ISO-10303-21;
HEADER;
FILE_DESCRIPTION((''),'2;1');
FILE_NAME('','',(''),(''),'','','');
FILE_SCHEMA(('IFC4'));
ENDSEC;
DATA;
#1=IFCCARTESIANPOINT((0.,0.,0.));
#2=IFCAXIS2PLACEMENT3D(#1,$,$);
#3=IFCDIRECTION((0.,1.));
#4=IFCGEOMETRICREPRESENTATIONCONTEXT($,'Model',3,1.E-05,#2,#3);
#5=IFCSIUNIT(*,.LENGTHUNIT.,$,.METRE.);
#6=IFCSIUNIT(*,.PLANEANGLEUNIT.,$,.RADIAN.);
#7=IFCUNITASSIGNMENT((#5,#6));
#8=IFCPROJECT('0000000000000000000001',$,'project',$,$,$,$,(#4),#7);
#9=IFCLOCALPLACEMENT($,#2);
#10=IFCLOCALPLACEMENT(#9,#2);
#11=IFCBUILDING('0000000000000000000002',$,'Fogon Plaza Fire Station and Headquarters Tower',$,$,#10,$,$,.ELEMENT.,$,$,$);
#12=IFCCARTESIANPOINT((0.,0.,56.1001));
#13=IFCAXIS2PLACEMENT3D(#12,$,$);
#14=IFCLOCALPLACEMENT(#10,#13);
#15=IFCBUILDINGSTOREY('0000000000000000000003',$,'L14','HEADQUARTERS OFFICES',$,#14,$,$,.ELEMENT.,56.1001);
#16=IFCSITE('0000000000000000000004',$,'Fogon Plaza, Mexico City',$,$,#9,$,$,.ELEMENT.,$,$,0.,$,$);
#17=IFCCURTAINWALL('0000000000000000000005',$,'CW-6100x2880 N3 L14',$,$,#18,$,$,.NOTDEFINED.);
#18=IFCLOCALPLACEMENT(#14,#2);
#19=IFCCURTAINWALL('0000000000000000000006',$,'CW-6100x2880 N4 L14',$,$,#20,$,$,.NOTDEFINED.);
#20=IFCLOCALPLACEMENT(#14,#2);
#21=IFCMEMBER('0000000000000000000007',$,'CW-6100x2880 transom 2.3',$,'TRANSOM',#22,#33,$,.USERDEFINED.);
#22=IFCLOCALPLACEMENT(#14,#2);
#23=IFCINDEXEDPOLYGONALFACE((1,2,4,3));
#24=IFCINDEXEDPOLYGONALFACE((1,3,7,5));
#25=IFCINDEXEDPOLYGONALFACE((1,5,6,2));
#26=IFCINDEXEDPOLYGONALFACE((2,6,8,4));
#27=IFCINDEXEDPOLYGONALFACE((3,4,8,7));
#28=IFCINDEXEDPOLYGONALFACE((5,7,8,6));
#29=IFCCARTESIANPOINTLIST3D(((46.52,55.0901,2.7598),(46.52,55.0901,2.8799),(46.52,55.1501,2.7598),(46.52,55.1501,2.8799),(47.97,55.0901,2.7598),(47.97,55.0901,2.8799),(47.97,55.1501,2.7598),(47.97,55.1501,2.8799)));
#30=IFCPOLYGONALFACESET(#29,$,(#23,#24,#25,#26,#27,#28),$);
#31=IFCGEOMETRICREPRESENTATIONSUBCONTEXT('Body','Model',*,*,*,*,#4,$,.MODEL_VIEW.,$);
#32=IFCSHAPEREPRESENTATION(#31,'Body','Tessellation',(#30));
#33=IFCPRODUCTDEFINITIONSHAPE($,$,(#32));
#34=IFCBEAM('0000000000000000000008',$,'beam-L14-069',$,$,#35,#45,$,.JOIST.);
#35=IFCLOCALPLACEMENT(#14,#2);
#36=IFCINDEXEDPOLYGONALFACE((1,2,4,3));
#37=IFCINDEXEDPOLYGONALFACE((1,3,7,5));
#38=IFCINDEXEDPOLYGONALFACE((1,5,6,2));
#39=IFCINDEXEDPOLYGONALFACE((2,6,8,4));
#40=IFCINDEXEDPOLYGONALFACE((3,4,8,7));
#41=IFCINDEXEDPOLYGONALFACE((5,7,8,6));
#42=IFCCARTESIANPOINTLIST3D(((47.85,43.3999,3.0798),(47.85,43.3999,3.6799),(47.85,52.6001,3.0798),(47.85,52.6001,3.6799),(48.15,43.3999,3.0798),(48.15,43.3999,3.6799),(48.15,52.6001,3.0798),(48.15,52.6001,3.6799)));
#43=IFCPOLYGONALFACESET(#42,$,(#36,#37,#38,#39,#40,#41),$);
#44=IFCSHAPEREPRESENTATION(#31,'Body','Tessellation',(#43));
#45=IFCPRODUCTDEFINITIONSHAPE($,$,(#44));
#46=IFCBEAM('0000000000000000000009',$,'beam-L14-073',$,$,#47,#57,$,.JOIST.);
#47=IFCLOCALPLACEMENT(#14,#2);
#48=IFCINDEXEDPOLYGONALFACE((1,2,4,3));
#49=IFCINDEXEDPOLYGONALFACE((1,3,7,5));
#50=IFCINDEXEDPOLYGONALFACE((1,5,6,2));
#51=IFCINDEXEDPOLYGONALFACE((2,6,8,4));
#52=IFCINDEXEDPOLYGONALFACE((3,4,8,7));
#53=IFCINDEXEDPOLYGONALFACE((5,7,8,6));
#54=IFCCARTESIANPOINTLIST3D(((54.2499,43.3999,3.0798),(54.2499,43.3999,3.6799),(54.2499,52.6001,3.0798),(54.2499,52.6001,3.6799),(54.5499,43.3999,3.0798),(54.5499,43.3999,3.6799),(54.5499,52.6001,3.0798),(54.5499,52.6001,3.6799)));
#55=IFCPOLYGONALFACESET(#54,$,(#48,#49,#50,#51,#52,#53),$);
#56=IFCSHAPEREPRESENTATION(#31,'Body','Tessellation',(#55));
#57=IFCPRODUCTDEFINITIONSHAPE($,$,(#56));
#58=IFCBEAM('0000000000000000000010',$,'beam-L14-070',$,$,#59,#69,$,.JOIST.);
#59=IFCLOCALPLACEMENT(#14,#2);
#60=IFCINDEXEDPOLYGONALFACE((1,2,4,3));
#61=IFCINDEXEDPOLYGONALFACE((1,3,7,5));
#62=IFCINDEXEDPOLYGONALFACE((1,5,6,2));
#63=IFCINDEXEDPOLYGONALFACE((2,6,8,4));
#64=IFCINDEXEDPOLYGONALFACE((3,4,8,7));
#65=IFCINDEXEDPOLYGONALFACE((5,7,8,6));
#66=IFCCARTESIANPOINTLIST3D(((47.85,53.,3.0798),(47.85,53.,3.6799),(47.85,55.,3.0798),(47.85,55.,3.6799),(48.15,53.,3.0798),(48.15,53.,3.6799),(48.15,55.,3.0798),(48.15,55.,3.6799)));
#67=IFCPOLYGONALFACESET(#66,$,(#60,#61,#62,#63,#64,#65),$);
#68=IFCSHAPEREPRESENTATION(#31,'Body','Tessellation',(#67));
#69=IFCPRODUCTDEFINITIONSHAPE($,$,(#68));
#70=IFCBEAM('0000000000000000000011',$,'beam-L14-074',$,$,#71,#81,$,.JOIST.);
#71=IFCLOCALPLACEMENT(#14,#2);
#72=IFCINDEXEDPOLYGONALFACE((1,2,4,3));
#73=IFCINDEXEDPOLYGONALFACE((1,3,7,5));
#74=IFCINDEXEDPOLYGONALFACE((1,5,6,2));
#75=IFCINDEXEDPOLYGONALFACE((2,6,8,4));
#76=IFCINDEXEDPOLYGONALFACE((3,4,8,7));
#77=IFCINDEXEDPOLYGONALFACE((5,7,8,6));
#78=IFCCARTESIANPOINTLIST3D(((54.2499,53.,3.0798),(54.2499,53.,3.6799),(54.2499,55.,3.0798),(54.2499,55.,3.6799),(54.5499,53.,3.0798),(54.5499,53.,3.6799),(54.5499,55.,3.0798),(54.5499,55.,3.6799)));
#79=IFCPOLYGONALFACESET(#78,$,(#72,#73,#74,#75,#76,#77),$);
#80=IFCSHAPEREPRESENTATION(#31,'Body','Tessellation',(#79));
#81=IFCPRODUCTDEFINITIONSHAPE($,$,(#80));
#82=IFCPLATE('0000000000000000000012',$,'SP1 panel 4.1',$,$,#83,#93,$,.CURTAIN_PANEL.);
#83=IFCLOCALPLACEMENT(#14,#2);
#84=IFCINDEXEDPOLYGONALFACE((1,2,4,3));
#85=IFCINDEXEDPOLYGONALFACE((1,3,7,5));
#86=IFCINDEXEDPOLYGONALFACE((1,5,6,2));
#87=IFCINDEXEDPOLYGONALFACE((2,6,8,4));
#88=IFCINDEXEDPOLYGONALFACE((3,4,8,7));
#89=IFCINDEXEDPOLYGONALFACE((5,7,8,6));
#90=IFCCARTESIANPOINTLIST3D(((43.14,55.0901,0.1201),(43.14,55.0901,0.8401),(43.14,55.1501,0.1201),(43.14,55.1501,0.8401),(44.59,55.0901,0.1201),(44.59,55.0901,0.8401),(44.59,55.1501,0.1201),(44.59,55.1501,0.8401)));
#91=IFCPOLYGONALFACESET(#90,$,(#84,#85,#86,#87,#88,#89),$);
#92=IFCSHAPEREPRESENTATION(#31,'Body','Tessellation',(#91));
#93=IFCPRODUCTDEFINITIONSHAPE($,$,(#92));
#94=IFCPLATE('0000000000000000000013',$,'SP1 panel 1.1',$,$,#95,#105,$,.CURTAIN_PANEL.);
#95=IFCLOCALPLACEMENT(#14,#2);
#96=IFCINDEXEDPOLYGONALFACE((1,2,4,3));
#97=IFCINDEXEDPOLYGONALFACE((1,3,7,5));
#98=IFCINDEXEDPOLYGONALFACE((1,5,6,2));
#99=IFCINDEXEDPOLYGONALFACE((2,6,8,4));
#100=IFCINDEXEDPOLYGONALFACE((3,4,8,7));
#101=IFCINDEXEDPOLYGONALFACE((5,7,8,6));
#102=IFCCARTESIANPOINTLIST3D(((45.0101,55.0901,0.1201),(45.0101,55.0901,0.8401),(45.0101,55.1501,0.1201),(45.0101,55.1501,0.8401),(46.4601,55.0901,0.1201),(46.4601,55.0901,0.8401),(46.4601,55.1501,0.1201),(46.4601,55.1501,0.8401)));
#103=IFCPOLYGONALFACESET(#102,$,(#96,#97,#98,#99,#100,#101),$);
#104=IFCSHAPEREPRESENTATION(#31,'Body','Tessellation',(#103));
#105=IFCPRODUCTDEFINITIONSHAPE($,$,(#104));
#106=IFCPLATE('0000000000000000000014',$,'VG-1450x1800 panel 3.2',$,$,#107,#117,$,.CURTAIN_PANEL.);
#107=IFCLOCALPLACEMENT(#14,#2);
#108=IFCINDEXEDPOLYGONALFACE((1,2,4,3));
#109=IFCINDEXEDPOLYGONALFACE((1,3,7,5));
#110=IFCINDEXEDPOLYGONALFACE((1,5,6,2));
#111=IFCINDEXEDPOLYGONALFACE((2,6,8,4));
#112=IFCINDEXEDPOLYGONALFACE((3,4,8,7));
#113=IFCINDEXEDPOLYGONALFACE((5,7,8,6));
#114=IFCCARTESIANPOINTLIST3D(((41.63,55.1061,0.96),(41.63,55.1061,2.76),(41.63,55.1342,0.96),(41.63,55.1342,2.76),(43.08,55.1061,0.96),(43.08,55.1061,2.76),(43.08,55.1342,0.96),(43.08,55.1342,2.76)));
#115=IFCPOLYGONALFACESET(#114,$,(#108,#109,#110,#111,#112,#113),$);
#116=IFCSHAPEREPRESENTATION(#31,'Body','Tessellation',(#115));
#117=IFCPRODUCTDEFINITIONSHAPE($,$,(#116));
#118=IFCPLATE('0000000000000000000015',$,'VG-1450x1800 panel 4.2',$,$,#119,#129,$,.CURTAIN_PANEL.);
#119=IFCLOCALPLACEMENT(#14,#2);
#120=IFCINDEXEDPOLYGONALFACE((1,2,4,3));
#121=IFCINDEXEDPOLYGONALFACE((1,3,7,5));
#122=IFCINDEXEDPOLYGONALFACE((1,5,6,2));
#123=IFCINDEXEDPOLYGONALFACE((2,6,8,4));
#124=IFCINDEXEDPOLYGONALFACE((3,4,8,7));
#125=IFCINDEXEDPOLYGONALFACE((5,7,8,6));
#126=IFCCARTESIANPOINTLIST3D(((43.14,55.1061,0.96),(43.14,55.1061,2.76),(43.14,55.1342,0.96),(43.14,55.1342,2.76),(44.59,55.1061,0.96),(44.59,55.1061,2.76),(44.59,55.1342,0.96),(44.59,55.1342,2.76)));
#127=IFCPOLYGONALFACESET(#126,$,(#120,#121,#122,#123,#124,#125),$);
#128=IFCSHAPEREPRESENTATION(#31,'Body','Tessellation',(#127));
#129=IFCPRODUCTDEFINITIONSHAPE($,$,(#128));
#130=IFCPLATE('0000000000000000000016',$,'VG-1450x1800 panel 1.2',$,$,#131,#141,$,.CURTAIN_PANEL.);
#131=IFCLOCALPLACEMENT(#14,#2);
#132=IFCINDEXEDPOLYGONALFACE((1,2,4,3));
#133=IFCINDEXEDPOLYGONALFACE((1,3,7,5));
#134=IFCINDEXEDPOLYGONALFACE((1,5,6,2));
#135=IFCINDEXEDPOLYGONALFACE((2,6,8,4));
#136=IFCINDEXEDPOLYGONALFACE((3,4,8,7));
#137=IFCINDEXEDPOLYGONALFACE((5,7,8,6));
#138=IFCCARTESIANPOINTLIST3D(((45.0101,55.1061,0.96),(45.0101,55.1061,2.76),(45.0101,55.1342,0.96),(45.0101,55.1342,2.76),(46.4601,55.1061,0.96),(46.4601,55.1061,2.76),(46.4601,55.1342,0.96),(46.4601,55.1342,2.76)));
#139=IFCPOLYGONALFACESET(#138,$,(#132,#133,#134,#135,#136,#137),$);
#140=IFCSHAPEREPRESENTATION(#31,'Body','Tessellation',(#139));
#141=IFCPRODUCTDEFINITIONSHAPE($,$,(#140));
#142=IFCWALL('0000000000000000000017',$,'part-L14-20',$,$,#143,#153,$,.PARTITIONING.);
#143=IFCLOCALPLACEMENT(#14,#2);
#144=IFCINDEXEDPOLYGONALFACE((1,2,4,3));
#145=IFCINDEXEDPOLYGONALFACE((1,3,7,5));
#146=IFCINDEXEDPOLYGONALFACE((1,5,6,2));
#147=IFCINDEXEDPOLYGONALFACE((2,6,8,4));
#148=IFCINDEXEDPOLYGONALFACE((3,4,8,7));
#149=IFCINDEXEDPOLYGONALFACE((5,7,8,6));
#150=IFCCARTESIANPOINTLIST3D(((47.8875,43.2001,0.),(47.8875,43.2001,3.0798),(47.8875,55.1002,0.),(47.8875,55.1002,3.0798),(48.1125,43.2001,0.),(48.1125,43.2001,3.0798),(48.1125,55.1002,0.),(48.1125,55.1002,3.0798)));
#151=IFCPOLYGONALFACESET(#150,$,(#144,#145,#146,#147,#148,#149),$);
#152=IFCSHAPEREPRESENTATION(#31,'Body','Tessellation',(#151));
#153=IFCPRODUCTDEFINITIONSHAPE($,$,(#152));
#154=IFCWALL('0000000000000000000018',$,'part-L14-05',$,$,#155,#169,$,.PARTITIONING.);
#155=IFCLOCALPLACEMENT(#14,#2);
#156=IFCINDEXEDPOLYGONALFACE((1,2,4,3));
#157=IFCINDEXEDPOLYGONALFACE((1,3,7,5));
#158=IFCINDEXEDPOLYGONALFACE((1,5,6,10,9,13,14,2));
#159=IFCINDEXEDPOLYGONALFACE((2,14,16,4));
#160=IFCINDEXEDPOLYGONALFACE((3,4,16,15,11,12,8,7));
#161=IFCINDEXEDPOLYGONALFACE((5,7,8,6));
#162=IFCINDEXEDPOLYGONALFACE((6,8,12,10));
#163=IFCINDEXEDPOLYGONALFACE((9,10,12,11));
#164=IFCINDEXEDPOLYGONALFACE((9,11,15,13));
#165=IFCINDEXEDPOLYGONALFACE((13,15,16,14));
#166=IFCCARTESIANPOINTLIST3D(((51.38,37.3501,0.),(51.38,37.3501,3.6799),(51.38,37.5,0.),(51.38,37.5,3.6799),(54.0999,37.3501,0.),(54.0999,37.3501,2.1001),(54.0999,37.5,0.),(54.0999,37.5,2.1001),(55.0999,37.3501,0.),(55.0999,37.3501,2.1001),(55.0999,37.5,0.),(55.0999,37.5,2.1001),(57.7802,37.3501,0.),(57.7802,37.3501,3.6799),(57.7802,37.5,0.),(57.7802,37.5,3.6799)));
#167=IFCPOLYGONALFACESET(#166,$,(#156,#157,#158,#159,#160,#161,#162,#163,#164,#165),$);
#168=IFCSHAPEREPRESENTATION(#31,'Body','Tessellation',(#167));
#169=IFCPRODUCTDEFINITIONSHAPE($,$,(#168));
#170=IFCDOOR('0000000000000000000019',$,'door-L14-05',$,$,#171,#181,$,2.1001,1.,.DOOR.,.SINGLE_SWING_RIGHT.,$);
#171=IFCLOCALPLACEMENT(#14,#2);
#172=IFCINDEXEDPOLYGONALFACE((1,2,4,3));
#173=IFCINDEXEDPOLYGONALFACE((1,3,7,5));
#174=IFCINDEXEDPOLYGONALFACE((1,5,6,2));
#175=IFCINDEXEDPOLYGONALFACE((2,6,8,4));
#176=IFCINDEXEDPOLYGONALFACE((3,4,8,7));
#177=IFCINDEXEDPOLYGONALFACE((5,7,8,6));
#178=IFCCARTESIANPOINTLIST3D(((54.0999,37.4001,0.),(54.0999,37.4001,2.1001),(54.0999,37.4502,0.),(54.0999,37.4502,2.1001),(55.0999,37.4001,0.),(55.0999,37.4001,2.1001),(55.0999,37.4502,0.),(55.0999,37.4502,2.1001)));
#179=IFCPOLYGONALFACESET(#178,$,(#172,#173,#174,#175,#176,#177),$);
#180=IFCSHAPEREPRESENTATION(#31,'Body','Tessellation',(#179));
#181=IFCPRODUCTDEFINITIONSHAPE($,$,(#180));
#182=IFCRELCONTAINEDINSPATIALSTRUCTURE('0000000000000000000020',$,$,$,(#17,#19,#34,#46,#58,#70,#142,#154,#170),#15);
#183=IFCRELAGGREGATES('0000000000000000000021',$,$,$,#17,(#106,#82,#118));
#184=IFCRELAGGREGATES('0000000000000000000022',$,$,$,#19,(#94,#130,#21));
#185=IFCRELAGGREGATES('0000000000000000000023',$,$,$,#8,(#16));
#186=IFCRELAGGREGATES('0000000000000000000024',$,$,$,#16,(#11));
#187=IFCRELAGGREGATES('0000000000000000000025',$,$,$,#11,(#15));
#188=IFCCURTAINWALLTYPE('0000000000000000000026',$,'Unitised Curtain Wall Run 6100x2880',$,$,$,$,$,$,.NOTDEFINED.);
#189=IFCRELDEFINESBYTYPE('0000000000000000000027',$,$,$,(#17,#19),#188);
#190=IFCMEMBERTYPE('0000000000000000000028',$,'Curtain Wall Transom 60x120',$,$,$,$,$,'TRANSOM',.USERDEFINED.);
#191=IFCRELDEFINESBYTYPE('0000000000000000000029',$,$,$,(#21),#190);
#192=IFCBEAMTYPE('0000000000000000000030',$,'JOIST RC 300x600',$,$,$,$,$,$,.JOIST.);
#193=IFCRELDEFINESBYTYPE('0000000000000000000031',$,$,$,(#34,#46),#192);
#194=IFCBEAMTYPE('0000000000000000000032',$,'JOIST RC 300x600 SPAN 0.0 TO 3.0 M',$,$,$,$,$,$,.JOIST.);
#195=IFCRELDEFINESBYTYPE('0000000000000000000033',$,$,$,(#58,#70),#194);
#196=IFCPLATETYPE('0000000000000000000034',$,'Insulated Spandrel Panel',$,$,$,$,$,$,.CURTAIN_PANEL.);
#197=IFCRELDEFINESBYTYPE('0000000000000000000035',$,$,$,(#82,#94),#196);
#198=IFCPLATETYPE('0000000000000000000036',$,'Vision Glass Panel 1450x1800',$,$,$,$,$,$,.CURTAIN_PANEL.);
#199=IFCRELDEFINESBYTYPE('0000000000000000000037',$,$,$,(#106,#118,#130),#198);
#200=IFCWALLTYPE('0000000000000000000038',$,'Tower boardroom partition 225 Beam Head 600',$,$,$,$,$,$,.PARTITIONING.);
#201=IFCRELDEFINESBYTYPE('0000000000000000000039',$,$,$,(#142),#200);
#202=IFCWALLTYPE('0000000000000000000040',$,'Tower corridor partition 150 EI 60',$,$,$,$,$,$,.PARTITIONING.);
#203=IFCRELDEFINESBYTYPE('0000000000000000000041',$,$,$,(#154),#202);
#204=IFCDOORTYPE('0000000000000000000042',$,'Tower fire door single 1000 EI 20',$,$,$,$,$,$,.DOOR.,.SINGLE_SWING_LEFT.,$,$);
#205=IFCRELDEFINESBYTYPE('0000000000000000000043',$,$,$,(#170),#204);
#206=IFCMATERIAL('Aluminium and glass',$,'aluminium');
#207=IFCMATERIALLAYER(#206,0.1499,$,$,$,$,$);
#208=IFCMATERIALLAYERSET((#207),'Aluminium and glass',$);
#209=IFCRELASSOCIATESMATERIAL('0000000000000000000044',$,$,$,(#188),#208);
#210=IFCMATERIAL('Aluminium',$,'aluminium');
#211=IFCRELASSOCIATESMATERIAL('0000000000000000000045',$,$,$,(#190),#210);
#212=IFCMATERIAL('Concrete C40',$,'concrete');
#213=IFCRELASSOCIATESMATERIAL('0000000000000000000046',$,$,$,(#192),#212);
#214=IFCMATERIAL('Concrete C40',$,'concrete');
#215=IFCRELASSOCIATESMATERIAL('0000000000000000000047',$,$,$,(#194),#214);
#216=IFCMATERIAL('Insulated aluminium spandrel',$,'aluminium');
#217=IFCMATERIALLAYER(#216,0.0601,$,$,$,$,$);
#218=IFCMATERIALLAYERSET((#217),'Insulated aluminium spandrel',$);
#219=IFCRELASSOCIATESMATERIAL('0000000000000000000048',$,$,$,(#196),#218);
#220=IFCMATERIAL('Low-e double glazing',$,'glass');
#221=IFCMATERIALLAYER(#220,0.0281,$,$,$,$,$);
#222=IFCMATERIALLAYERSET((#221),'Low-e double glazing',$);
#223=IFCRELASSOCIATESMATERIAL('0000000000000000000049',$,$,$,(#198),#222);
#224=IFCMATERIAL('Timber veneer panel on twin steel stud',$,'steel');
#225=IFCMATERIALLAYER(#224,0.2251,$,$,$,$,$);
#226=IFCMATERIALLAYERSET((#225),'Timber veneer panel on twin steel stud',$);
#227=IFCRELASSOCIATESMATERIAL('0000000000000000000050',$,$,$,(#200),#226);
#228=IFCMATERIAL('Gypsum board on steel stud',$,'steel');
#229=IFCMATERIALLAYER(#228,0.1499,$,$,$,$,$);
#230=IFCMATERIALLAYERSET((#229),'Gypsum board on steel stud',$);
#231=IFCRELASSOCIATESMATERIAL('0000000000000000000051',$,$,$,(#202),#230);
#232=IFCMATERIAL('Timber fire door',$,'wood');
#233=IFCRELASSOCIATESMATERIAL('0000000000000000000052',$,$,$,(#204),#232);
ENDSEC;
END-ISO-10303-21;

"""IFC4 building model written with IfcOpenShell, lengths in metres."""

from ifc_helpers import new_model, si_unit, direction, frame, frame_2d, origin, origin_2d, place, context, subcontext, project, spatial, rectangle, extrude, material, layer, layer_set, material_profile, profile_set, type_object, element, fill, aggregate, save


model = new_model("IFC4")

# Units and contexts
model_context = context("Model", 3, precision=1e-05, world=origin(), true_north=direction((0.0, 1.0)))
body_context = subcontext(model_context, "Body", "Model", "MODEL_VIEW")
ifc_project = project(units=[si_unit("LENGTHUNIT", "METRE"), si_unit("PLANEANGLEUNIT", "RADIAN")], contexts=[model_context])

# Site, building, storey
site_placement = place(None, origin())
site = spatial("IfcSite", under=ifc_project, at=site_placement, Name="Fogon Plaza, Mexico City", CompositionType="ELEMENT", RefElevation=0.0)
building_placement = place(site_placement, origin())
building = spatial("IfcBuilding", under=site, at=building_placement, Name="Fogon Plaza Fire Station and Headquarters Tower", CompositionType="ELEMENT")
storey_placement = place(building_placement, frame((0.0, 0.0, 56.1001)))
storey = spatial("IfcBuildingStorey", under=building, at=storey_placement, Name="L14", Description="HEADQUARTERS OFFICES", CompositionType="ELEMENT", Elevation=56.1001)

# Curtain walls
ifc_material_1 = material(Name="Aluminium and glass", Category="aluminium")
ifc_layer_1 = layer(ifc_material_1, 0.1499)
ifc_layer_set_1 = layer_set([ifc_layer_1], Name="Aluminium and glass")
curtain_wall_type = type_object("IfcCurtainWallType", Name="Unitised Curtain Wall Run 6100x2880", PredefinedType="NOTDEFINED", material=ifc_layer_set_1)
curtain_wall_1_placement = place(storey_placement, origin())
curtain_wall_1 = element("IfcCurtainWall", 1, at=curtain_wall_1_placement, inside=storey, type_object=curtain_wall_type, Name="CW-6100x2880 N3 L14", PredefinedType="NOTDEFINED")
curtain_wall_2_placement = place(storey_placement, origin())
curtain_wall_2 = element("IfcCurtainWall", 2, at=curtain_wall_2_placement, inside=storey, type_object=curtain_wall_type, Name="CW-6100x2880 N4 L14", PredefinedType="NOTDEFINED")

# Member
ifc_material_2 = material(Name="Aluminium", Category="aluminium")
ifc_material_profile_1 = material_profile(ifc_material_2, rectangle(XDim=0.0601, YDim=0.1201, at=origin_2d()), Name="Curtain Wall Transom 60x120")
ifc_profile_set_1 = profile_set([ifc_material_profile_1], Name="Aluminium")
member_type_1 = type_object("IfcMemberType", Name="Curtain Wall Transom 60x120", ElementType="TRANSOM", PredefinedType="USERDEFINED", material=ifc_profile_set_1)
member_1_placement = place(storey_placement, frame((46.52, 55.1201, 2.8198), z_axis=(1.0, 0.0, 0.0), x_axis=(0.0, 1.0, 0.0)))
member_1 = element("IfcMember", 3, at=member_1_placement, type_object=member_type_1, Name="CW-6100x2880 transom 2.3", ObjectType="TRANSOM", PredefinedType="USERDEFINED", context=body_context, shape_type="SweptSolid", body=[
    extrude(rectangle(XDim=0.0601, YDim=0.1201, at=origin_2d()), origin(), (0.0, 0.0, 1.0), 1.45),
])

# Beams
ifc_material_3 = material(Name="Concrete C40", Category="concrete")
ifc_material_profile_2 = material_profile(ifc_material_3, rectangle(XDim=0.3, YDim=0.6001, at=origin_2d()), Name="RC 300x600")
ifc_profile_set_2 = profile_set([ifc_material_profile_2], Name="Concrete C40")
beam_type_1 = type_object("IfcBeamType", Name="JOIST RC 300x600", PredefinedType="JOIST", material=ifc_profile_set_2)
for number, where, z_axis, x_axis, name in (
    (4, (48.0, 43.3999, 3.3799), (0.0, 1.0, 0.0), (-1.0, 0.0, 0.0), "beam-L14-069"),
    (5, (54.3999, 43.3999, 3.3799), (0.0, 1.0, 0.0), (-1.0, 0.0, 0.0), "beam-L14-073"),
):
    element("IfcBeam", number, at=place(storey_placement, frame(where, z_axis=z_axis, x_axis=x_axis)), inside=storey, type_object=beam_type_1, Name=name, PredefinedType="JOIST", context=body_context, shape_type="SweptSolid", body=[
        extrude(rectangle(XDim=0.3, YDim=0.6001, at=origin_2d()), origin(), (0.0, 0.0, 1.0), 9.2002),
    ])
ifc_material_4 = material(Name="Concrete C40", Category="concrete")
ifc_material_profile_3 = material_profile(ifc_material_4, rectangle(XDim=0.3, YDim=0.6001, at=origin_2d()), Name="RC 300x600")
ifc_profile_set_3 = profile_set([ifc_material_profile_3], Name="Concrete C40")
beam_type_2 = type_object("IfcBeamType", Name="JOIST RC 300x600 SPAN 0.0 TO 3.0 M", PredefinedType="JOIST", material=ifc_profile_set_3)
for number, where, z_axis, x_axis, name in (
    (6, (48.0, 53.0, 3.3799), (0.0, 1.0, 0.0), (-1.0, 0.0, 0.0), "beam-L14-070"),
    (7, (54.3999, 53.0, 3.3799), (0.0, 1.0, 0.0), (-1.0, 0.0, 0.0), "beam-L14-074"),
):
    element("IfcBeam", number, at=place(storey_placement, frame(where, z_axis=z_axis, x_axis=x_axis)), inside=storey, type_object=beam_type_2, Name=name, PredefinedType="JOIST", context=body_context, shape_type="SweptSolid", body=[
        extrude(rectangle(XDim=0.3, YDim=0.6001, at=origin_2d()), origin(), (0.0, 0.0, 1.0), 2.0),
    ])

# Plates
ifc_material_5 = material(Name="Insulated aluminium spandrel", Category="aluminium")
ifc_layer_2 = layer(ifc_material_5, 0.0601)
ifc_layer_set_2 = layer_set([ifc_layer_2], Name="Insulated aluminium spandrel")
plate_type_1 = type_object("IfcPlateType", Name="Insulated Spandrel Panel", PredefinedType="CURTAIN_PANEL", material=ifc_layer_set_2)
plate_1_placement = place(storey_placement, frame((43.865, 55.1201, 0.1201), z_axis=(0.0, 0.0, 1.0), x_axis=(1.0, 0.0, 0.0)))
plate_1 = element("IfcPlate", 8, at=plate_1_placement, type_object=plate_type_1, Name="SP1 panel 4.1", PredefinedType="CURTAIN_PANEL", context=body_context, shape_type="SweptSolid", body=[
    extrude(rectangle(XDim=1.45, YDim=0.0601, at=origin_2d()), origin(), (0.0, 0.0, 1.0), 0.72),
])
plate_2_placement = place(storey_placement, frame((45.7351, 55.1201, 0.1201), z_axis=(0.0, 0.0, 1.0), x_axis=(1.0, 0.0, 0.0)))
plate_2 = element("IfcPlate", 9, at=plate_2_placement, type_object=plate_type_1, Name="SP1 panel 1.1", PredefinedType="CURTAIN_PANEL", context=body_context, shape_type="SweptSolid", body=[
    extrude(rectangle(XDim=1.45, YDim=0.0601, at=origin_2d()), origin(), (0.0, 0.0, 1.0), 0.72),
])
ifc_material_6 = material(Name="Low-e double glazing", Category="glass")
ifc_layer_3 = layer(ifc_material_6, 0.0281)
ifc_layer_set_3 = layer_set([ifc_layer_3], Name="Low-e double glazing")
plate_type_2 = type_object("IfcPlateType", Name="Vision Glass Panel 1450x1800", PredefinedType="CURTAIN_PANEL", material=ifc_layer_set_3)
plate_3_placement = place(storey_placement, frame((42.355, 55.1201, 0.96), z_axis=(0.0, 0.0, 1.0), x_axis=(1.0, 0.0, 0.0)))
plate_3 = element("IfcPlate", 10, at=plate_3_placement, type_object=plate_type_2, Name="VG-1450x1800 panel 3.2", PredefinedType="CURTAIN_PANEL", context=body_context, shape_type="SweptSolid", body=[
    extrude(rectangle(XDim=1.45, YDim=0.0281, at=origin_2d()), origin(), (0.0, 0.0, 1.0), 1.8),
])
plate_4_placement = place(storey_placement, frame((43.865, 55.1201, 0.96), z_axis=(0.0, 0.0, 1.0), x_axis=(1.0, 0.0, 0.0)))
plate_4 = element("IfcPlate", 11, at=plate_4_placement, type_object=plate_type_2, Name="VG-1450x1800 panel 4.2", PredefinedType="CURTAIN_PANEL", context=body_context, shape_type="SweptSolid", body=[
    extrude(rectangle(XDim=1.45, YDim=0.0281, at=origin_2d()), origin(), (0.0, 0.0, 1.0), 1.8),
])
aggregate(curtain_wall_1, [plate_3, plate_1, plate_4])
plate_5_placement = place(storey_placement, frame((45.7351, 55.1201, 0.96), z_axis=(0.0, 0.0, 1.0), x_axis=(1.0, 0.0, 0.0)))
plate_5 = element("IfcPlate", 12, at=plate_5_placement, type_object=plate_type_2, Name="VG-1450x1800 panel 1.2", PredefinedType="CURTAIN_PANEL", context=body_context, shape_type="SweptSolid", body=[
    extrude(rectangle(XDim=1.45, YDim=0.0281, at=origin_2d()), origin(), (0.0, 0.0, 1.0), 1.8),
])
aggregate(curtain_wall_2, [plate_2, plate_5, member_1])

# Wall
ifc_material_7 = material(Name="Timber veneer panel on twin steel stud", Category="steel")
ifc_layer_4 = layer(ifc_material_7, 0.2251)
ifc_layer_set_4 = layer_set([ifc_layer_4], Name="Timber veneer panel on twin steel stud")
wall_type_1 = type_object("IfcWallType", Name="Tower boardroom partition 225 Beam Head 600", PredefinedType="PARTITIONING", material=ifc_layer_set_4)
wall_1_placement = place(storey_placement, frame((48.0, 43.2, 0.0), z_axis=(0.0, 0.0, 1.0), x_axis=(0.0, 1.0, 0.0)))
element("IfcWall", 13, at=wall_1_placement, inside=storey, type_object=wall_type_1, Name="part-L14-20", PredefinedType="PARTITIONING", context=body_context, shape_type="SweptSolid", body=[
    extrude(rectangle(XDim=11.9001, YDim=0.2251, at=frame_2d((5.9502, 0.0))), origin(), (0.0, 0.0, 1.0), 3.0798),
])

# Wall, opening, door
ifc_material_8 = material(Name="Gypsum board on steel stud", Category="steel")
ifc_layer_5 = layer(ifc_material_8, 0.1499)
ifc_layer_set_5 = layer_set([ifc_layer_5], Name="Gypsum board on steel stud")
wall_type_2 = type_object("IfcWallType", Name="Tower corridor partition 150 EI 60", PredefinedType="PARTITIONING", material=ifc_layer_set_5)
wall_2_placement = place(storey_placement, frame((51.3799, 37.425, 0.0), z_axis=(0.0, 0.0, 1.0), x_axis=(1.0, 0.0, 0.0)))
wall_2 = element("IfcWall", 14, at=wall_2_placement, inside=storey, type_object=wall_type_2, Name="part-L14-05", PredefinedType="PARTITIONING", context=body_context, shape_type="SweptSolid", body=[
    extrude(rectangle(XDim=6.4001, YDim=0.1499, at=frame_2d((3.2002, 0.0))), origin(), (0.0, 0.0, 1.0), 3.6799),
])
opening_placement = place(wall_2_placement, frame((2.72, 0.0, 0.0)))
opening = element("IfcOpeningElement", 15, at=opening_placement, cuts=wall_2, PredefinedType="OPENING", context=body_context, shape_type="SweptSolid", body=[
    extrude(rectangle(XDim=1.0, YDim=2.1001, at=frame_2d((0.5, 1.05))), frame((0.0, 0.085, 0.0), z_axis=(0.0, -1.0, 0.0), x_axis=(1.0, 0.0, 0.0)), (0.0, 0.0, 1.0), 0.1699),
])
ifc_material_9 = material(Name="Timber fire door", Category="wood")
door_type = type_object("IfcDoorType", Name="Tower fire door single 1000 EI 20", OperationType="SINGLE_SWING_LEFT", PredefinedType="DOOR", material=ifc_material_9)
door_placement = place(opening_placement, frame((1.0, 0.0, 0.0), z_axis=(0.0, 0.0, 1.0), x_axis=(-1.0, 0.0, 0.0)))
door = element("IfcDoor", 16, at=door_placement, inside=storey, type_object=door_type, Name="door-L14-05", OperationType="SINGLE_SWING_RIGHT", OverallHeight=2.1001, OverallWidth=1.0, PredefinedType="DOOR", context=body_context, shape_type="SweptSolid", body=[
    extrude(rectangle(XDim=1.0, YDim=2.1001, at=frame_2d((0.5, 1.05))), frame((0.0, 0.0249, 0.0), z_axis=(0.0, -1.0, 0.0), x_axis=(1.0, 0.0, 0.0)), (0.0, 0.0, 1.0), 0.05),
])
fill(opening, door)

save(model, "model.ifc")
